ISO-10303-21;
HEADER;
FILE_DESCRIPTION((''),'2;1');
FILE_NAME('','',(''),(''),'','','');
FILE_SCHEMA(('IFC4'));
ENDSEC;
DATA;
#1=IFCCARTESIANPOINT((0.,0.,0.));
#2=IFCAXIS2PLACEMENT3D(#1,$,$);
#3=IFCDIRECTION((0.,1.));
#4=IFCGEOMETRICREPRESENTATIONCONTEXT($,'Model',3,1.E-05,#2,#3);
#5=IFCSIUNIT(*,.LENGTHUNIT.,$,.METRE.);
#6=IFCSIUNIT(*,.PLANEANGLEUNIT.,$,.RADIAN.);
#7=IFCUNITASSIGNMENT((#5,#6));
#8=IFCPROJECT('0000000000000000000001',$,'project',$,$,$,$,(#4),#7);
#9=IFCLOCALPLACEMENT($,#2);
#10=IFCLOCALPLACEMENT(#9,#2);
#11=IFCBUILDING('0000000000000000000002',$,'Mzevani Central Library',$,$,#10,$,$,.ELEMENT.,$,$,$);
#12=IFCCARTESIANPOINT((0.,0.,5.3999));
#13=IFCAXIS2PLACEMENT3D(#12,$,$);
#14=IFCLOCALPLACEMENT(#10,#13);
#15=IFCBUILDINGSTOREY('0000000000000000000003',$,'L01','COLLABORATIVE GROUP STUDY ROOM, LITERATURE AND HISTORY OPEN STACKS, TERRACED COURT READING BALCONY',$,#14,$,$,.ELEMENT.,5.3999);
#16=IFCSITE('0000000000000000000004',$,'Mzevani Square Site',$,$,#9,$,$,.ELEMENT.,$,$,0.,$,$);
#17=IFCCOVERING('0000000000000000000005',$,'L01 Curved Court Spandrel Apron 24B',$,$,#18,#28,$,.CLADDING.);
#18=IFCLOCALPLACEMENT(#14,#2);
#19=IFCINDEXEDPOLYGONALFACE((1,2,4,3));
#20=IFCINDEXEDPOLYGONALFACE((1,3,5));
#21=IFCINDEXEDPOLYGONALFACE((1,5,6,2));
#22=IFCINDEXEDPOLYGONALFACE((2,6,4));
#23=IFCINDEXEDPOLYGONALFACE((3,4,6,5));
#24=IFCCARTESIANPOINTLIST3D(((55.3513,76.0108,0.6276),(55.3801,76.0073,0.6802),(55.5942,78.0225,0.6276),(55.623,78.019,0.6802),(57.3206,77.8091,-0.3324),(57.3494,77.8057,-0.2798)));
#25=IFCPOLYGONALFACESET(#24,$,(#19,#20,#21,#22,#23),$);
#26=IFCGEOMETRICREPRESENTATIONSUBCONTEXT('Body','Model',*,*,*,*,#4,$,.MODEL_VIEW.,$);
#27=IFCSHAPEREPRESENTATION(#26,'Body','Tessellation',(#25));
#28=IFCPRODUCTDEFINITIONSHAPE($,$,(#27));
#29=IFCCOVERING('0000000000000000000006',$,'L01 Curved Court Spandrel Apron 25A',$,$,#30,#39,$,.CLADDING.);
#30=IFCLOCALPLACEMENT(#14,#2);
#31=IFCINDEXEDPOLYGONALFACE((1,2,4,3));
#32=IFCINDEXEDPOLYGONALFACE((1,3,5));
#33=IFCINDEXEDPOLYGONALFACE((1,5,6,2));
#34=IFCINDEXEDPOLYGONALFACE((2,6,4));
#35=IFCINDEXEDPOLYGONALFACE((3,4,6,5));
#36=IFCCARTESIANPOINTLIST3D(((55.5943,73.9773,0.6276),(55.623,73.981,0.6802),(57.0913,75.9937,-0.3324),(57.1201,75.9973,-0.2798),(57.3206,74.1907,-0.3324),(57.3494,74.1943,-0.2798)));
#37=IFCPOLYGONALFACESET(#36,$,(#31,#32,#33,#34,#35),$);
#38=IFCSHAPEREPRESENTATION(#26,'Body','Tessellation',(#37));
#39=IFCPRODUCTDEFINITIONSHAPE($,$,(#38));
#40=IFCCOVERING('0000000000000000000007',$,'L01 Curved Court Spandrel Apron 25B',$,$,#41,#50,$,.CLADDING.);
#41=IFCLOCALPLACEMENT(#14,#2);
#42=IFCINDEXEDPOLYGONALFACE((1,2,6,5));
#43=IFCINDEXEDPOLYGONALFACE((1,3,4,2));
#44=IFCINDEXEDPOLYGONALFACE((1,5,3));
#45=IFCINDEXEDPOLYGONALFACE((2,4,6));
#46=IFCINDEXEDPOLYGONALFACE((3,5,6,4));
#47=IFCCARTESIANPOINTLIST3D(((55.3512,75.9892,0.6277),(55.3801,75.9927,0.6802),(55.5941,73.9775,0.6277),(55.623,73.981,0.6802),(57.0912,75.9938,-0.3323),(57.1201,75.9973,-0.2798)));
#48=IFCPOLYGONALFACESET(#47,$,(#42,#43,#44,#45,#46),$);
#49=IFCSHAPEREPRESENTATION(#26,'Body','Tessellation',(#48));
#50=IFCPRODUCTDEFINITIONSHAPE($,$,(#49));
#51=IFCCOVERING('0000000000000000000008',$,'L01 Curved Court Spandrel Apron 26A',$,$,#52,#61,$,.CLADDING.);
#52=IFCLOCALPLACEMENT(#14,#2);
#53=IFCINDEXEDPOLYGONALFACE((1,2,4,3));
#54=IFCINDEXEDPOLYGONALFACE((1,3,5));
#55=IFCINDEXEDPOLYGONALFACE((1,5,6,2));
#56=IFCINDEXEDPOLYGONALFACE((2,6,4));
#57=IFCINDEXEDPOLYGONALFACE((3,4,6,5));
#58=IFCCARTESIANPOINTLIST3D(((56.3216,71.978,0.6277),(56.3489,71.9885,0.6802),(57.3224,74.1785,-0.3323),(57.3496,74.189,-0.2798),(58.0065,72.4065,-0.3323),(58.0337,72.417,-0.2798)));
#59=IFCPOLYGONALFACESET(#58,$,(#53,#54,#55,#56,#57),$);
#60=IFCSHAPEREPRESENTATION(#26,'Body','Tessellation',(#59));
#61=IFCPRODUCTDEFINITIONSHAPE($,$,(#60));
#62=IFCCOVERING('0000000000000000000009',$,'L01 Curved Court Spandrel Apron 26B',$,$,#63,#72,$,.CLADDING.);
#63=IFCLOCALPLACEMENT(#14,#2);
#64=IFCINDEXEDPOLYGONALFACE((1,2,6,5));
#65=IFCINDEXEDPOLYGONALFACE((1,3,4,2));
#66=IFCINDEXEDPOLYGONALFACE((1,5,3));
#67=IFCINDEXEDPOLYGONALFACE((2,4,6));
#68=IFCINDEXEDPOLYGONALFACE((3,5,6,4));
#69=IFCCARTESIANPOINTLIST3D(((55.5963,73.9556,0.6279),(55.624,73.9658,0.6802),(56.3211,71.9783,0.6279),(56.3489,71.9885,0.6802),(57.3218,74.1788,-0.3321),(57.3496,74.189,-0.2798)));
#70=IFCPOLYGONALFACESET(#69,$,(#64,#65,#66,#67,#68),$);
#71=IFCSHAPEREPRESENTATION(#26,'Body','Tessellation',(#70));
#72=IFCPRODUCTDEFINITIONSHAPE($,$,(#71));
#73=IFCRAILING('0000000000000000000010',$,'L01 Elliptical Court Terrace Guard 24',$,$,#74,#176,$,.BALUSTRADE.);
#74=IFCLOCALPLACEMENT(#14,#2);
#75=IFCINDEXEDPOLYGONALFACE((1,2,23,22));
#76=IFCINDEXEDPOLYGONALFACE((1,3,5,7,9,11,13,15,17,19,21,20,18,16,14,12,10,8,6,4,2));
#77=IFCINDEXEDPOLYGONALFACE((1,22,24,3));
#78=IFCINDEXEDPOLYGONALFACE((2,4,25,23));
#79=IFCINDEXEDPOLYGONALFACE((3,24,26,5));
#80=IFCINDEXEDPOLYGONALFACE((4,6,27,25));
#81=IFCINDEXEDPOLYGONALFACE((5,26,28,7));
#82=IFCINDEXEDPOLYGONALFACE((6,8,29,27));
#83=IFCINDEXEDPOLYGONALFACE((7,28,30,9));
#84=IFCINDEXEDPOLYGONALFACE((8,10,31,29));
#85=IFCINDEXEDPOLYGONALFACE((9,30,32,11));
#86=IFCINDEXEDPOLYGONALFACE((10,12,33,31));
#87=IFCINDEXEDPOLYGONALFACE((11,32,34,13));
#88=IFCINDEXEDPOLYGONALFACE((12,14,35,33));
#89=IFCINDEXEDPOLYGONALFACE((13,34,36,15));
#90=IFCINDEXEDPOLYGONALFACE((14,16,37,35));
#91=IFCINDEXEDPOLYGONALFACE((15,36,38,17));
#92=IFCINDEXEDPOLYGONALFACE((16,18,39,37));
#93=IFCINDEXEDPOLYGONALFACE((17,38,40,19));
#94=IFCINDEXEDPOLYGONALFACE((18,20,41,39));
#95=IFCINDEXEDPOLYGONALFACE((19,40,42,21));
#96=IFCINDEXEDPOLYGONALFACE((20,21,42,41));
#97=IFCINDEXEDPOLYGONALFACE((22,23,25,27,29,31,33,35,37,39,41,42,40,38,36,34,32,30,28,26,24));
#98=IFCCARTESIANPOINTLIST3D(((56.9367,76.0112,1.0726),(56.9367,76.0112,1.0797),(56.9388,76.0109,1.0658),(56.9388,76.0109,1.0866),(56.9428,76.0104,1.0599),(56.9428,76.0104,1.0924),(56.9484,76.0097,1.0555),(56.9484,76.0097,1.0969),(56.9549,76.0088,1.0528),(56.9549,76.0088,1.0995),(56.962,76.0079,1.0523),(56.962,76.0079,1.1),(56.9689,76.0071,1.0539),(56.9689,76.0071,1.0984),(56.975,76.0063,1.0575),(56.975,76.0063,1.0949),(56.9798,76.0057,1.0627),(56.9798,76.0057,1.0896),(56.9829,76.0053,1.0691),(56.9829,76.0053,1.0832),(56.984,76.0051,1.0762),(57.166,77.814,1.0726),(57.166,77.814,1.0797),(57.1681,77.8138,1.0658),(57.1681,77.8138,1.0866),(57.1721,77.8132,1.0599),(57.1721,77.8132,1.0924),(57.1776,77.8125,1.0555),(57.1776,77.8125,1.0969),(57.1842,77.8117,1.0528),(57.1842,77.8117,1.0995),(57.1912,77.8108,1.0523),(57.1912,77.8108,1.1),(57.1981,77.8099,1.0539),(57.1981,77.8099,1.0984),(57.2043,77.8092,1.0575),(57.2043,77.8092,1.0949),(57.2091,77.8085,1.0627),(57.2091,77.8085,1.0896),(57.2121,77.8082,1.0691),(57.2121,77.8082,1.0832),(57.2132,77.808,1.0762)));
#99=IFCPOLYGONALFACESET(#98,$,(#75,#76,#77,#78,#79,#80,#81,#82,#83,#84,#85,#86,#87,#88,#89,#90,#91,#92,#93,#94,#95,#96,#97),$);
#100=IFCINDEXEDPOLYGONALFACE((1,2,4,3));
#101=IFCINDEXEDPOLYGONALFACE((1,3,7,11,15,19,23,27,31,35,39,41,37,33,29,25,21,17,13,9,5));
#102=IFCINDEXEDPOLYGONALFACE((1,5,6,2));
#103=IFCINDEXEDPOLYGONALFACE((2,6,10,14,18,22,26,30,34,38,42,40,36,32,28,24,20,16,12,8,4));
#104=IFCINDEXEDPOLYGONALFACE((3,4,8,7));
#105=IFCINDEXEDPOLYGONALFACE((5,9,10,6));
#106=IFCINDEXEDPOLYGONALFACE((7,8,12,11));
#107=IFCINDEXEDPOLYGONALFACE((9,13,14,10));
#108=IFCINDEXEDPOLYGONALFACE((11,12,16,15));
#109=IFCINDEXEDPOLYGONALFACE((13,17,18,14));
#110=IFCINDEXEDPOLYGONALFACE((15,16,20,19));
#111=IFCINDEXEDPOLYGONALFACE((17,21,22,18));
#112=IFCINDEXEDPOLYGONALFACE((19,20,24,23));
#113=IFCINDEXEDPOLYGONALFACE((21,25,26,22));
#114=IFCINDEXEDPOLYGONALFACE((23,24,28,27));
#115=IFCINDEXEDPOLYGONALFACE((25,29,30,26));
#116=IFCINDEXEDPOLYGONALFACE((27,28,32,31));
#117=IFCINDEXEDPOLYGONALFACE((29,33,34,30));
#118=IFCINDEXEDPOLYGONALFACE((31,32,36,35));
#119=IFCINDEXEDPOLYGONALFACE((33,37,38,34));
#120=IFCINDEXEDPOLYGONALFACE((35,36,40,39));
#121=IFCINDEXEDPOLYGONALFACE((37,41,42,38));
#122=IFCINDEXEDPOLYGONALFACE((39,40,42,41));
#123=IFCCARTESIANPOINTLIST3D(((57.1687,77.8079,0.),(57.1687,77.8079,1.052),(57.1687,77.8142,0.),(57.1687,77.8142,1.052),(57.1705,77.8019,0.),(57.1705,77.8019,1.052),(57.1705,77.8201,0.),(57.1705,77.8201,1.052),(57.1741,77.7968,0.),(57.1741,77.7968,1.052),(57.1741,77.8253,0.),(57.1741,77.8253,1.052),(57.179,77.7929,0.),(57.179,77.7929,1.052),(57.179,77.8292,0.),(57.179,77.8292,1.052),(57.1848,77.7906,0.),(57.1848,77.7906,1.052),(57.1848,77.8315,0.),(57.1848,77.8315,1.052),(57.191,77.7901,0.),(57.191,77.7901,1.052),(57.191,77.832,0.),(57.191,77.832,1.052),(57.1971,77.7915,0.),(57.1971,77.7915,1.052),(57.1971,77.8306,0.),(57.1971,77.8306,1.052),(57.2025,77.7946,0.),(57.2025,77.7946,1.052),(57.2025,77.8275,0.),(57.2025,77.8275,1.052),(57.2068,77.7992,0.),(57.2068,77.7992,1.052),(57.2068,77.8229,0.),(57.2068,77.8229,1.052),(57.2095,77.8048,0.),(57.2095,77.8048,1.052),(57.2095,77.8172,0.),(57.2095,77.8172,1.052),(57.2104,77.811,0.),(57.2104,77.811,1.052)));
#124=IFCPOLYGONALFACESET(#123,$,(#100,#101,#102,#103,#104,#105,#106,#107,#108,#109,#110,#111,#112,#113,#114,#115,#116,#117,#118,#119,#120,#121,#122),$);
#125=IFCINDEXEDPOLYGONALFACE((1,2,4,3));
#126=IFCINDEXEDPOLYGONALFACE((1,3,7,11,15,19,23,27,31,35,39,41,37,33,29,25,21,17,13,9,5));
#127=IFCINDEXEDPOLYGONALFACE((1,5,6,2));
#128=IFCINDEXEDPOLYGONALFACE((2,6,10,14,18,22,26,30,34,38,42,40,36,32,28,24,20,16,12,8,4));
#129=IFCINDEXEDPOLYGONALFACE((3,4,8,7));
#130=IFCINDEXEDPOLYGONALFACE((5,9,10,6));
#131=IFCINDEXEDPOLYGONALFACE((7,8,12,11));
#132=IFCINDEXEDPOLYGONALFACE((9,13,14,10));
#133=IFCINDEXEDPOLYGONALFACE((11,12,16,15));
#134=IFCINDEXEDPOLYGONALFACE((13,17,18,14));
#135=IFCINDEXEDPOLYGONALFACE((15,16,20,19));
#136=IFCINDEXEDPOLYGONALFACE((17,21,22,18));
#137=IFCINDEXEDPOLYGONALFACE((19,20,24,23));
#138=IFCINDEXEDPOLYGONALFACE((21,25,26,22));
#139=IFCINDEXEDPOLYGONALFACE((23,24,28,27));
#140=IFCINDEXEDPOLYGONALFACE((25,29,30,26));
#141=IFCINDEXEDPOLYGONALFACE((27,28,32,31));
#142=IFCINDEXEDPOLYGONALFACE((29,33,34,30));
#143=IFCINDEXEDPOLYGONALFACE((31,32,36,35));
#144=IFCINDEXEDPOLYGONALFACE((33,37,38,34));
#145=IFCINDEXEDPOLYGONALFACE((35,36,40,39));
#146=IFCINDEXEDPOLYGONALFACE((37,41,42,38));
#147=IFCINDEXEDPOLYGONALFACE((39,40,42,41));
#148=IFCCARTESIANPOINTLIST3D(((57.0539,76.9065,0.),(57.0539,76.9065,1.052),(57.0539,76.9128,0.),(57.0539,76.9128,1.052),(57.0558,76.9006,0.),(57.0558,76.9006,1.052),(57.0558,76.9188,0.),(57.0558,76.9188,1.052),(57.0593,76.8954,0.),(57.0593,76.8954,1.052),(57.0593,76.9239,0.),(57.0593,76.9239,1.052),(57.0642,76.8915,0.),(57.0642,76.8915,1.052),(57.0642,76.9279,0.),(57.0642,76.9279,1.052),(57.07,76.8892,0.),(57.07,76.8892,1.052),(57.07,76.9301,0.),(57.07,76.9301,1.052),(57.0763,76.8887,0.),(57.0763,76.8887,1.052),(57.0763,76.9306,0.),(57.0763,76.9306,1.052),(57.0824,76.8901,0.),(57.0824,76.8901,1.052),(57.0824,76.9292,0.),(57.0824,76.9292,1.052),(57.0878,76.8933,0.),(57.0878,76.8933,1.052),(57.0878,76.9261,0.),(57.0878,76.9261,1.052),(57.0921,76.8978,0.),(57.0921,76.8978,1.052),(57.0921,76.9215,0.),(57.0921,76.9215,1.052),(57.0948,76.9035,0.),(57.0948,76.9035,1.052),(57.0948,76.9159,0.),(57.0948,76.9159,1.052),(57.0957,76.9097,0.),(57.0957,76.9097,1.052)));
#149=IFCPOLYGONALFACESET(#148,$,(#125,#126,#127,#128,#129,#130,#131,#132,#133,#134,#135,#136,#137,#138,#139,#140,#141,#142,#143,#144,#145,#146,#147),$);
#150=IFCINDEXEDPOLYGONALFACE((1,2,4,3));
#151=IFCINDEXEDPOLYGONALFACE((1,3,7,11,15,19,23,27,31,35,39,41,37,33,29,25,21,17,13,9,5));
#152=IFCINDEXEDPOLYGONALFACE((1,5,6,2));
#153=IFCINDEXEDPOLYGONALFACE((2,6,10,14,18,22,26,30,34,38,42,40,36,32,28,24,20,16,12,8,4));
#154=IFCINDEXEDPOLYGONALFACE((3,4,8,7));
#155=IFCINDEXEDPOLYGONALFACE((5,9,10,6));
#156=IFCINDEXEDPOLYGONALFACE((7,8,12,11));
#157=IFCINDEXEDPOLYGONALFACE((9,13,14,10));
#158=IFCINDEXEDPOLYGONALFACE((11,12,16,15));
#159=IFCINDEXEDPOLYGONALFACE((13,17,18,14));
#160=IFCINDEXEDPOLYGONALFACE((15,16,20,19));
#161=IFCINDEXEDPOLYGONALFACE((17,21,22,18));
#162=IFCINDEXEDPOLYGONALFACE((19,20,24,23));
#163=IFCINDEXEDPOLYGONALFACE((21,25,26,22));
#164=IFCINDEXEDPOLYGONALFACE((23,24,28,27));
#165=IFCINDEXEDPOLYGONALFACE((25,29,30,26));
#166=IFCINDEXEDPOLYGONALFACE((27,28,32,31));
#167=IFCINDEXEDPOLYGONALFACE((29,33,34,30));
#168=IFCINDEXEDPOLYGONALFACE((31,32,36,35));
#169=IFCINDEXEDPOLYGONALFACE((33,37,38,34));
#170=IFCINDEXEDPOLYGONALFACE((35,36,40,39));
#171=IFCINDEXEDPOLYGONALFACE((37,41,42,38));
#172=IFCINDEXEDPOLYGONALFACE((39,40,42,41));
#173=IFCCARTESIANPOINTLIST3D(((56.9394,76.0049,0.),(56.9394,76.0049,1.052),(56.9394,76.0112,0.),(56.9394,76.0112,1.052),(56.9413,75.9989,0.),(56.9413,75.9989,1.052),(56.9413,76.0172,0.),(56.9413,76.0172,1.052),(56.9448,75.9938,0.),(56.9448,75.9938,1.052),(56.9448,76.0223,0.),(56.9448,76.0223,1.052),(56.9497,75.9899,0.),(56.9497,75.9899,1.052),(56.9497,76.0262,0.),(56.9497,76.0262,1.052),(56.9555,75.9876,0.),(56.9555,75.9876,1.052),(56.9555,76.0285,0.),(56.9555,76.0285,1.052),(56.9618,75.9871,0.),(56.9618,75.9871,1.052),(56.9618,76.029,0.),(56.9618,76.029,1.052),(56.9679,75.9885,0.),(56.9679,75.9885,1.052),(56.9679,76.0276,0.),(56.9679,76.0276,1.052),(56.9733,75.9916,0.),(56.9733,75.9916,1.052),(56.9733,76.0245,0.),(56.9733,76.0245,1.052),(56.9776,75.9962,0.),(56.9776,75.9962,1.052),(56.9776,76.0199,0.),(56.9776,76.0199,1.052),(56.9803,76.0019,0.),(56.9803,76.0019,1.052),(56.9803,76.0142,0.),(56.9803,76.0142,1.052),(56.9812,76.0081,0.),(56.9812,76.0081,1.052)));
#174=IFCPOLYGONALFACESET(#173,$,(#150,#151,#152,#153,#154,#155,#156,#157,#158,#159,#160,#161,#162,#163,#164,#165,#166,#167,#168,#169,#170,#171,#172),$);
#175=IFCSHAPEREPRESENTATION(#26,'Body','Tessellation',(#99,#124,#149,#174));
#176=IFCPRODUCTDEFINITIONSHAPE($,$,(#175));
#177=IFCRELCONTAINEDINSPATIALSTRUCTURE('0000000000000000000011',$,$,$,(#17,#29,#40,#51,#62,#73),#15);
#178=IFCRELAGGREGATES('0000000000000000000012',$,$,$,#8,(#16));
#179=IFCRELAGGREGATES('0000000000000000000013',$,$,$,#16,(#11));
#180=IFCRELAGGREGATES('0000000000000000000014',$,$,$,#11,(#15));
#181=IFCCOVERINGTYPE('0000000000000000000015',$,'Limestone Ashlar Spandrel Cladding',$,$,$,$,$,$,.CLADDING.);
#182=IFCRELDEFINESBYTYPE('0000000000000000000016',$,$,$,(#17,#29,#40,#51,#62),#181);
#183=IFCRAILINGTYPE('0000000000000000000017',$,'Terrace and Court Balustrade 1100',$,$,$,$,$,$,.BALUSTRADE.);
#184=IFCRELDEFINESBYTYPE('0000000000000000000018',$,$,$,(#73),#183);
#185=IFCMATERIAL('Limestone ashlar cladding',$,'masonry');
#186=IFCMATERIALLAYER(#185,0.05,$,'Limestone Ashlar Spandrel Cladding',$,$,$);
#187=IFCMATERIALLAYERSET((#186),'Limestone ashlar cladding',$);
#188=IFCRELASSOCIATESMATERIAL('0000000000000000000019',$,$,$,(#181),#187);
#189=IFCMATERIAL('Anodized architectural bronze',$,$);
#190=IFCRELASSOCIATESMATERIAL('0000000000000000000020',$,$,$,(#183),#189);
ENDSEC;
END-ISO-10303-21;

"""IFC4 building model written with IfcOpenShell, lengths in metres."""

from ifc_helpers import new_model, si_unit, direction, frame, origin, origin_2d, place, context, subcontext, project, spatial, polyline, circle, outline, extrude, material, layer, layer_set, type_object, element, save


model = new_model("IFC4")

# Units and contexts
model_context = context("Model", 3, precision=1e-05, world=origin(), true_north=direction((0.0, 1.0)))
body_context = subcontext(model_context, "Body", "Model", "MODEL_VIEW")
ifc_project = project(units=[si_unit("LENGTHUNIT", "METRE"), si_unit("PLANEANGLEUNIT", "RADIAN")], contexts=[model_context])

# Site, building, storey
site_placement = place(None, origin())
site = spatial("IfcSite", under=ifc_project, at=site_placement, Name="Mzevani Square Site", CompositionType="ELEMENT", RefElevation=0.0)
building_placement = place(site_placement, origin())
building = spatial("IfcBuilding", under=site, at=building_placement, Name="Mzevani Central Library", CompositionType="ELEMENT")
storey_placement = place(building_placement, frame((0.0, 0.0, 5.3999)))
storey = spatial("IfcBuildingStorey", under=building, at=storey_placement, Name="L01", Description="COLLABORATIVE GROUP STUDY ROOM, LITERATURE AND HISTORY OPEN STACKS, TERRACED COURT READING BALCONY", CompositionType="ELEMENT", Elevation=5.3999)

# Coverings
ifc_material_1 = material(Name="Limestone ashlar cladding", Category="masonry")
ifc_layer_1 = layer(ifc_material_1, 0.05, Name="Limestone Ashlar Spandrel Cladding")
ifc_layer_set_1 = layer_set([ifc_layer_1], Name="Limestone ashlar cladding")
covering_type = type_object("IfcCoveringType", Name="Limestone Ashlar Spandrel Cladding", PredefinedType="CLADDING", material=ifc_layer_set_1)
covering_1_placement = place(storey_placement, frame((57.3494, 77.8057, -0.2798), z_axis=(0.479695, -0.057924, 0.875521), x_axis=(-0.69478, -0.634484, 0.33869)))
element("IfcCovering", 1, at=covering_1_placement, inside=storey, type_object=covering_type, Name="L01 Curved Court Spandrel Apron 24B", PredefinedType="CLADDING", context=body_context, shape_type="SweptSolid", body=[
    extrude(outline(polyline([(0.0, 0.0), (2.8343, 0.0), (1.3892, -1.4204), (0.0, 0.0)])), origin(), (0.0, 0.0, -1.0), 0.0601),
])
covering_2_placement = place(storey_placement, frame((57.1201, 75.9973, -0.2798), z_axis=(0.479321, 0.060946, 0.875521), x_axis=(0.126134, -0.992013, 0.0)))
element("IfcCovering", 2, at=covering_2_placement, inside=storey, type_object=covering_type, Name="L01 Curved Court Spandrel Apron 25A", PredefinedType="CLADDING", context=body_context, shape_type="SweptSolid", body=[
    extrude(outline(polyline([(0.0, 0.0), (1.8175, 0.0), (1.8114, -1.9868), (0.0, 0.0)])), origin(), (0.0, 0.0, -1.0), 0.0601),
])
covering_3_placement = place(storey_placement, frame((57.1201, 75.9973, -0.2798), z_axis=(0.482126, 0.058218, 0.874165), x_axis=(-0.556826, -0.749972, 0.357052)))
element("IfcCovering", 3, at=covering_3_placement, inside=storey, type_object=covering_type, Name="L01 Curved Court Spandrel Apron 25B", PredefinedType="CLADDING", context=body_context, shape_type="SweptSolid", body=[
    extrude(outline(polyline([(0.0, 0.0), (2.6886, 0.0), (1.3151, -1.4898), (0.0, 0.0)])), origin(), (0.0, 0.0, -1.0), 0.0601),
])
covering_4_placement = place(storey_placement, frame((57.3496, 74.189, -0.2798), z_axis=(0.453427, 0.175049, 0.873935), x_axis=(0.36015, -0.932894, 0.0)))
element("IfcCovering", 4, at=covering_4_placement, inside=storey, type_object=covering_type, Name="L01 Curved Court Spandrel Apron 26A", PredefinedType="CLADDING", context=body_context, shape_type="SweptSolid", body=[
    extrude(outline(polyline([(0.0, 0.0), (1.8994, 0.0), (1.6924, -1.9751), (0.0, 0.0)])), origin(), (0.0, 0.0, -1.0), 0.0601),
])
covering_5_placement = place(storey_placement, frame((57.3496, 74.189, -0.2798), z_axis=(0.462289, 0.16947, 0.870384), x_axis=(-0.384757, -0.846015, 0.369081)))
element("IfcCovering", 5, at=covering_5_placement, inside=storey, type_object=covering_type, Name="L01 Curved Court Spandrel Apron 26B", PredefinedType="CLADDING", context=body_context, shape_type="SweptSolid", body=[
    extrude(outline(polyline([(0.0, 0.0), (2.6009, 0.0), (1.207, -1.5786), (0.0, 0.0)])), origin(), (0.0, 0.0, -1.0), 0.0601),
])

# Railing
ifc_material_2 = material(Name="Anodized architectural bronze")
railing_type = type_object("IfcRailingType", Name="Terrace and Court Balustrade 1100", PredefinedType="BALUSTRADE", material=ifc_material_2)
railing_1_placement = place(storey_placement, frame((57.1895, 77.811, 0.0)))
element("IfcRailing", 6, at=railing_1_placement, inside=storey, type_object=railing_type, Name="L01 Elliptical Court Terrace Guard 24", PredefinedType="BALUSTRADE", context=body_context, shape_type="SweptSolid", body=[
    extrude(circle(Radius=0.0239, at=origin_2d()), frame((0.0, 0.0, 1.0762), z_axis=(-0.126134, -0.992013, 0.0), x_axis=(0.992013, -0.126134, 0.0)), (0.0, 0.0, 1.0), 1.8174),
    extrude(circle(Radius=0.021, at=origin_2d()), origin(), (0.0, 0.0, 1.0), 1.052),
    extrude(circle(Radius=0.021, at=origin_2d()), frame((-0.1147, -0.9014, 0.0)), (0.0, 0.0, 1.0), 1.052),
    extrude(circle(Radius=0.021, at=origin_2d()), frame((-0.2292, -1.803, 0.0)), (0.0, 0.0, 1.0), 1.052),
])

save(model, "model.ifc")
